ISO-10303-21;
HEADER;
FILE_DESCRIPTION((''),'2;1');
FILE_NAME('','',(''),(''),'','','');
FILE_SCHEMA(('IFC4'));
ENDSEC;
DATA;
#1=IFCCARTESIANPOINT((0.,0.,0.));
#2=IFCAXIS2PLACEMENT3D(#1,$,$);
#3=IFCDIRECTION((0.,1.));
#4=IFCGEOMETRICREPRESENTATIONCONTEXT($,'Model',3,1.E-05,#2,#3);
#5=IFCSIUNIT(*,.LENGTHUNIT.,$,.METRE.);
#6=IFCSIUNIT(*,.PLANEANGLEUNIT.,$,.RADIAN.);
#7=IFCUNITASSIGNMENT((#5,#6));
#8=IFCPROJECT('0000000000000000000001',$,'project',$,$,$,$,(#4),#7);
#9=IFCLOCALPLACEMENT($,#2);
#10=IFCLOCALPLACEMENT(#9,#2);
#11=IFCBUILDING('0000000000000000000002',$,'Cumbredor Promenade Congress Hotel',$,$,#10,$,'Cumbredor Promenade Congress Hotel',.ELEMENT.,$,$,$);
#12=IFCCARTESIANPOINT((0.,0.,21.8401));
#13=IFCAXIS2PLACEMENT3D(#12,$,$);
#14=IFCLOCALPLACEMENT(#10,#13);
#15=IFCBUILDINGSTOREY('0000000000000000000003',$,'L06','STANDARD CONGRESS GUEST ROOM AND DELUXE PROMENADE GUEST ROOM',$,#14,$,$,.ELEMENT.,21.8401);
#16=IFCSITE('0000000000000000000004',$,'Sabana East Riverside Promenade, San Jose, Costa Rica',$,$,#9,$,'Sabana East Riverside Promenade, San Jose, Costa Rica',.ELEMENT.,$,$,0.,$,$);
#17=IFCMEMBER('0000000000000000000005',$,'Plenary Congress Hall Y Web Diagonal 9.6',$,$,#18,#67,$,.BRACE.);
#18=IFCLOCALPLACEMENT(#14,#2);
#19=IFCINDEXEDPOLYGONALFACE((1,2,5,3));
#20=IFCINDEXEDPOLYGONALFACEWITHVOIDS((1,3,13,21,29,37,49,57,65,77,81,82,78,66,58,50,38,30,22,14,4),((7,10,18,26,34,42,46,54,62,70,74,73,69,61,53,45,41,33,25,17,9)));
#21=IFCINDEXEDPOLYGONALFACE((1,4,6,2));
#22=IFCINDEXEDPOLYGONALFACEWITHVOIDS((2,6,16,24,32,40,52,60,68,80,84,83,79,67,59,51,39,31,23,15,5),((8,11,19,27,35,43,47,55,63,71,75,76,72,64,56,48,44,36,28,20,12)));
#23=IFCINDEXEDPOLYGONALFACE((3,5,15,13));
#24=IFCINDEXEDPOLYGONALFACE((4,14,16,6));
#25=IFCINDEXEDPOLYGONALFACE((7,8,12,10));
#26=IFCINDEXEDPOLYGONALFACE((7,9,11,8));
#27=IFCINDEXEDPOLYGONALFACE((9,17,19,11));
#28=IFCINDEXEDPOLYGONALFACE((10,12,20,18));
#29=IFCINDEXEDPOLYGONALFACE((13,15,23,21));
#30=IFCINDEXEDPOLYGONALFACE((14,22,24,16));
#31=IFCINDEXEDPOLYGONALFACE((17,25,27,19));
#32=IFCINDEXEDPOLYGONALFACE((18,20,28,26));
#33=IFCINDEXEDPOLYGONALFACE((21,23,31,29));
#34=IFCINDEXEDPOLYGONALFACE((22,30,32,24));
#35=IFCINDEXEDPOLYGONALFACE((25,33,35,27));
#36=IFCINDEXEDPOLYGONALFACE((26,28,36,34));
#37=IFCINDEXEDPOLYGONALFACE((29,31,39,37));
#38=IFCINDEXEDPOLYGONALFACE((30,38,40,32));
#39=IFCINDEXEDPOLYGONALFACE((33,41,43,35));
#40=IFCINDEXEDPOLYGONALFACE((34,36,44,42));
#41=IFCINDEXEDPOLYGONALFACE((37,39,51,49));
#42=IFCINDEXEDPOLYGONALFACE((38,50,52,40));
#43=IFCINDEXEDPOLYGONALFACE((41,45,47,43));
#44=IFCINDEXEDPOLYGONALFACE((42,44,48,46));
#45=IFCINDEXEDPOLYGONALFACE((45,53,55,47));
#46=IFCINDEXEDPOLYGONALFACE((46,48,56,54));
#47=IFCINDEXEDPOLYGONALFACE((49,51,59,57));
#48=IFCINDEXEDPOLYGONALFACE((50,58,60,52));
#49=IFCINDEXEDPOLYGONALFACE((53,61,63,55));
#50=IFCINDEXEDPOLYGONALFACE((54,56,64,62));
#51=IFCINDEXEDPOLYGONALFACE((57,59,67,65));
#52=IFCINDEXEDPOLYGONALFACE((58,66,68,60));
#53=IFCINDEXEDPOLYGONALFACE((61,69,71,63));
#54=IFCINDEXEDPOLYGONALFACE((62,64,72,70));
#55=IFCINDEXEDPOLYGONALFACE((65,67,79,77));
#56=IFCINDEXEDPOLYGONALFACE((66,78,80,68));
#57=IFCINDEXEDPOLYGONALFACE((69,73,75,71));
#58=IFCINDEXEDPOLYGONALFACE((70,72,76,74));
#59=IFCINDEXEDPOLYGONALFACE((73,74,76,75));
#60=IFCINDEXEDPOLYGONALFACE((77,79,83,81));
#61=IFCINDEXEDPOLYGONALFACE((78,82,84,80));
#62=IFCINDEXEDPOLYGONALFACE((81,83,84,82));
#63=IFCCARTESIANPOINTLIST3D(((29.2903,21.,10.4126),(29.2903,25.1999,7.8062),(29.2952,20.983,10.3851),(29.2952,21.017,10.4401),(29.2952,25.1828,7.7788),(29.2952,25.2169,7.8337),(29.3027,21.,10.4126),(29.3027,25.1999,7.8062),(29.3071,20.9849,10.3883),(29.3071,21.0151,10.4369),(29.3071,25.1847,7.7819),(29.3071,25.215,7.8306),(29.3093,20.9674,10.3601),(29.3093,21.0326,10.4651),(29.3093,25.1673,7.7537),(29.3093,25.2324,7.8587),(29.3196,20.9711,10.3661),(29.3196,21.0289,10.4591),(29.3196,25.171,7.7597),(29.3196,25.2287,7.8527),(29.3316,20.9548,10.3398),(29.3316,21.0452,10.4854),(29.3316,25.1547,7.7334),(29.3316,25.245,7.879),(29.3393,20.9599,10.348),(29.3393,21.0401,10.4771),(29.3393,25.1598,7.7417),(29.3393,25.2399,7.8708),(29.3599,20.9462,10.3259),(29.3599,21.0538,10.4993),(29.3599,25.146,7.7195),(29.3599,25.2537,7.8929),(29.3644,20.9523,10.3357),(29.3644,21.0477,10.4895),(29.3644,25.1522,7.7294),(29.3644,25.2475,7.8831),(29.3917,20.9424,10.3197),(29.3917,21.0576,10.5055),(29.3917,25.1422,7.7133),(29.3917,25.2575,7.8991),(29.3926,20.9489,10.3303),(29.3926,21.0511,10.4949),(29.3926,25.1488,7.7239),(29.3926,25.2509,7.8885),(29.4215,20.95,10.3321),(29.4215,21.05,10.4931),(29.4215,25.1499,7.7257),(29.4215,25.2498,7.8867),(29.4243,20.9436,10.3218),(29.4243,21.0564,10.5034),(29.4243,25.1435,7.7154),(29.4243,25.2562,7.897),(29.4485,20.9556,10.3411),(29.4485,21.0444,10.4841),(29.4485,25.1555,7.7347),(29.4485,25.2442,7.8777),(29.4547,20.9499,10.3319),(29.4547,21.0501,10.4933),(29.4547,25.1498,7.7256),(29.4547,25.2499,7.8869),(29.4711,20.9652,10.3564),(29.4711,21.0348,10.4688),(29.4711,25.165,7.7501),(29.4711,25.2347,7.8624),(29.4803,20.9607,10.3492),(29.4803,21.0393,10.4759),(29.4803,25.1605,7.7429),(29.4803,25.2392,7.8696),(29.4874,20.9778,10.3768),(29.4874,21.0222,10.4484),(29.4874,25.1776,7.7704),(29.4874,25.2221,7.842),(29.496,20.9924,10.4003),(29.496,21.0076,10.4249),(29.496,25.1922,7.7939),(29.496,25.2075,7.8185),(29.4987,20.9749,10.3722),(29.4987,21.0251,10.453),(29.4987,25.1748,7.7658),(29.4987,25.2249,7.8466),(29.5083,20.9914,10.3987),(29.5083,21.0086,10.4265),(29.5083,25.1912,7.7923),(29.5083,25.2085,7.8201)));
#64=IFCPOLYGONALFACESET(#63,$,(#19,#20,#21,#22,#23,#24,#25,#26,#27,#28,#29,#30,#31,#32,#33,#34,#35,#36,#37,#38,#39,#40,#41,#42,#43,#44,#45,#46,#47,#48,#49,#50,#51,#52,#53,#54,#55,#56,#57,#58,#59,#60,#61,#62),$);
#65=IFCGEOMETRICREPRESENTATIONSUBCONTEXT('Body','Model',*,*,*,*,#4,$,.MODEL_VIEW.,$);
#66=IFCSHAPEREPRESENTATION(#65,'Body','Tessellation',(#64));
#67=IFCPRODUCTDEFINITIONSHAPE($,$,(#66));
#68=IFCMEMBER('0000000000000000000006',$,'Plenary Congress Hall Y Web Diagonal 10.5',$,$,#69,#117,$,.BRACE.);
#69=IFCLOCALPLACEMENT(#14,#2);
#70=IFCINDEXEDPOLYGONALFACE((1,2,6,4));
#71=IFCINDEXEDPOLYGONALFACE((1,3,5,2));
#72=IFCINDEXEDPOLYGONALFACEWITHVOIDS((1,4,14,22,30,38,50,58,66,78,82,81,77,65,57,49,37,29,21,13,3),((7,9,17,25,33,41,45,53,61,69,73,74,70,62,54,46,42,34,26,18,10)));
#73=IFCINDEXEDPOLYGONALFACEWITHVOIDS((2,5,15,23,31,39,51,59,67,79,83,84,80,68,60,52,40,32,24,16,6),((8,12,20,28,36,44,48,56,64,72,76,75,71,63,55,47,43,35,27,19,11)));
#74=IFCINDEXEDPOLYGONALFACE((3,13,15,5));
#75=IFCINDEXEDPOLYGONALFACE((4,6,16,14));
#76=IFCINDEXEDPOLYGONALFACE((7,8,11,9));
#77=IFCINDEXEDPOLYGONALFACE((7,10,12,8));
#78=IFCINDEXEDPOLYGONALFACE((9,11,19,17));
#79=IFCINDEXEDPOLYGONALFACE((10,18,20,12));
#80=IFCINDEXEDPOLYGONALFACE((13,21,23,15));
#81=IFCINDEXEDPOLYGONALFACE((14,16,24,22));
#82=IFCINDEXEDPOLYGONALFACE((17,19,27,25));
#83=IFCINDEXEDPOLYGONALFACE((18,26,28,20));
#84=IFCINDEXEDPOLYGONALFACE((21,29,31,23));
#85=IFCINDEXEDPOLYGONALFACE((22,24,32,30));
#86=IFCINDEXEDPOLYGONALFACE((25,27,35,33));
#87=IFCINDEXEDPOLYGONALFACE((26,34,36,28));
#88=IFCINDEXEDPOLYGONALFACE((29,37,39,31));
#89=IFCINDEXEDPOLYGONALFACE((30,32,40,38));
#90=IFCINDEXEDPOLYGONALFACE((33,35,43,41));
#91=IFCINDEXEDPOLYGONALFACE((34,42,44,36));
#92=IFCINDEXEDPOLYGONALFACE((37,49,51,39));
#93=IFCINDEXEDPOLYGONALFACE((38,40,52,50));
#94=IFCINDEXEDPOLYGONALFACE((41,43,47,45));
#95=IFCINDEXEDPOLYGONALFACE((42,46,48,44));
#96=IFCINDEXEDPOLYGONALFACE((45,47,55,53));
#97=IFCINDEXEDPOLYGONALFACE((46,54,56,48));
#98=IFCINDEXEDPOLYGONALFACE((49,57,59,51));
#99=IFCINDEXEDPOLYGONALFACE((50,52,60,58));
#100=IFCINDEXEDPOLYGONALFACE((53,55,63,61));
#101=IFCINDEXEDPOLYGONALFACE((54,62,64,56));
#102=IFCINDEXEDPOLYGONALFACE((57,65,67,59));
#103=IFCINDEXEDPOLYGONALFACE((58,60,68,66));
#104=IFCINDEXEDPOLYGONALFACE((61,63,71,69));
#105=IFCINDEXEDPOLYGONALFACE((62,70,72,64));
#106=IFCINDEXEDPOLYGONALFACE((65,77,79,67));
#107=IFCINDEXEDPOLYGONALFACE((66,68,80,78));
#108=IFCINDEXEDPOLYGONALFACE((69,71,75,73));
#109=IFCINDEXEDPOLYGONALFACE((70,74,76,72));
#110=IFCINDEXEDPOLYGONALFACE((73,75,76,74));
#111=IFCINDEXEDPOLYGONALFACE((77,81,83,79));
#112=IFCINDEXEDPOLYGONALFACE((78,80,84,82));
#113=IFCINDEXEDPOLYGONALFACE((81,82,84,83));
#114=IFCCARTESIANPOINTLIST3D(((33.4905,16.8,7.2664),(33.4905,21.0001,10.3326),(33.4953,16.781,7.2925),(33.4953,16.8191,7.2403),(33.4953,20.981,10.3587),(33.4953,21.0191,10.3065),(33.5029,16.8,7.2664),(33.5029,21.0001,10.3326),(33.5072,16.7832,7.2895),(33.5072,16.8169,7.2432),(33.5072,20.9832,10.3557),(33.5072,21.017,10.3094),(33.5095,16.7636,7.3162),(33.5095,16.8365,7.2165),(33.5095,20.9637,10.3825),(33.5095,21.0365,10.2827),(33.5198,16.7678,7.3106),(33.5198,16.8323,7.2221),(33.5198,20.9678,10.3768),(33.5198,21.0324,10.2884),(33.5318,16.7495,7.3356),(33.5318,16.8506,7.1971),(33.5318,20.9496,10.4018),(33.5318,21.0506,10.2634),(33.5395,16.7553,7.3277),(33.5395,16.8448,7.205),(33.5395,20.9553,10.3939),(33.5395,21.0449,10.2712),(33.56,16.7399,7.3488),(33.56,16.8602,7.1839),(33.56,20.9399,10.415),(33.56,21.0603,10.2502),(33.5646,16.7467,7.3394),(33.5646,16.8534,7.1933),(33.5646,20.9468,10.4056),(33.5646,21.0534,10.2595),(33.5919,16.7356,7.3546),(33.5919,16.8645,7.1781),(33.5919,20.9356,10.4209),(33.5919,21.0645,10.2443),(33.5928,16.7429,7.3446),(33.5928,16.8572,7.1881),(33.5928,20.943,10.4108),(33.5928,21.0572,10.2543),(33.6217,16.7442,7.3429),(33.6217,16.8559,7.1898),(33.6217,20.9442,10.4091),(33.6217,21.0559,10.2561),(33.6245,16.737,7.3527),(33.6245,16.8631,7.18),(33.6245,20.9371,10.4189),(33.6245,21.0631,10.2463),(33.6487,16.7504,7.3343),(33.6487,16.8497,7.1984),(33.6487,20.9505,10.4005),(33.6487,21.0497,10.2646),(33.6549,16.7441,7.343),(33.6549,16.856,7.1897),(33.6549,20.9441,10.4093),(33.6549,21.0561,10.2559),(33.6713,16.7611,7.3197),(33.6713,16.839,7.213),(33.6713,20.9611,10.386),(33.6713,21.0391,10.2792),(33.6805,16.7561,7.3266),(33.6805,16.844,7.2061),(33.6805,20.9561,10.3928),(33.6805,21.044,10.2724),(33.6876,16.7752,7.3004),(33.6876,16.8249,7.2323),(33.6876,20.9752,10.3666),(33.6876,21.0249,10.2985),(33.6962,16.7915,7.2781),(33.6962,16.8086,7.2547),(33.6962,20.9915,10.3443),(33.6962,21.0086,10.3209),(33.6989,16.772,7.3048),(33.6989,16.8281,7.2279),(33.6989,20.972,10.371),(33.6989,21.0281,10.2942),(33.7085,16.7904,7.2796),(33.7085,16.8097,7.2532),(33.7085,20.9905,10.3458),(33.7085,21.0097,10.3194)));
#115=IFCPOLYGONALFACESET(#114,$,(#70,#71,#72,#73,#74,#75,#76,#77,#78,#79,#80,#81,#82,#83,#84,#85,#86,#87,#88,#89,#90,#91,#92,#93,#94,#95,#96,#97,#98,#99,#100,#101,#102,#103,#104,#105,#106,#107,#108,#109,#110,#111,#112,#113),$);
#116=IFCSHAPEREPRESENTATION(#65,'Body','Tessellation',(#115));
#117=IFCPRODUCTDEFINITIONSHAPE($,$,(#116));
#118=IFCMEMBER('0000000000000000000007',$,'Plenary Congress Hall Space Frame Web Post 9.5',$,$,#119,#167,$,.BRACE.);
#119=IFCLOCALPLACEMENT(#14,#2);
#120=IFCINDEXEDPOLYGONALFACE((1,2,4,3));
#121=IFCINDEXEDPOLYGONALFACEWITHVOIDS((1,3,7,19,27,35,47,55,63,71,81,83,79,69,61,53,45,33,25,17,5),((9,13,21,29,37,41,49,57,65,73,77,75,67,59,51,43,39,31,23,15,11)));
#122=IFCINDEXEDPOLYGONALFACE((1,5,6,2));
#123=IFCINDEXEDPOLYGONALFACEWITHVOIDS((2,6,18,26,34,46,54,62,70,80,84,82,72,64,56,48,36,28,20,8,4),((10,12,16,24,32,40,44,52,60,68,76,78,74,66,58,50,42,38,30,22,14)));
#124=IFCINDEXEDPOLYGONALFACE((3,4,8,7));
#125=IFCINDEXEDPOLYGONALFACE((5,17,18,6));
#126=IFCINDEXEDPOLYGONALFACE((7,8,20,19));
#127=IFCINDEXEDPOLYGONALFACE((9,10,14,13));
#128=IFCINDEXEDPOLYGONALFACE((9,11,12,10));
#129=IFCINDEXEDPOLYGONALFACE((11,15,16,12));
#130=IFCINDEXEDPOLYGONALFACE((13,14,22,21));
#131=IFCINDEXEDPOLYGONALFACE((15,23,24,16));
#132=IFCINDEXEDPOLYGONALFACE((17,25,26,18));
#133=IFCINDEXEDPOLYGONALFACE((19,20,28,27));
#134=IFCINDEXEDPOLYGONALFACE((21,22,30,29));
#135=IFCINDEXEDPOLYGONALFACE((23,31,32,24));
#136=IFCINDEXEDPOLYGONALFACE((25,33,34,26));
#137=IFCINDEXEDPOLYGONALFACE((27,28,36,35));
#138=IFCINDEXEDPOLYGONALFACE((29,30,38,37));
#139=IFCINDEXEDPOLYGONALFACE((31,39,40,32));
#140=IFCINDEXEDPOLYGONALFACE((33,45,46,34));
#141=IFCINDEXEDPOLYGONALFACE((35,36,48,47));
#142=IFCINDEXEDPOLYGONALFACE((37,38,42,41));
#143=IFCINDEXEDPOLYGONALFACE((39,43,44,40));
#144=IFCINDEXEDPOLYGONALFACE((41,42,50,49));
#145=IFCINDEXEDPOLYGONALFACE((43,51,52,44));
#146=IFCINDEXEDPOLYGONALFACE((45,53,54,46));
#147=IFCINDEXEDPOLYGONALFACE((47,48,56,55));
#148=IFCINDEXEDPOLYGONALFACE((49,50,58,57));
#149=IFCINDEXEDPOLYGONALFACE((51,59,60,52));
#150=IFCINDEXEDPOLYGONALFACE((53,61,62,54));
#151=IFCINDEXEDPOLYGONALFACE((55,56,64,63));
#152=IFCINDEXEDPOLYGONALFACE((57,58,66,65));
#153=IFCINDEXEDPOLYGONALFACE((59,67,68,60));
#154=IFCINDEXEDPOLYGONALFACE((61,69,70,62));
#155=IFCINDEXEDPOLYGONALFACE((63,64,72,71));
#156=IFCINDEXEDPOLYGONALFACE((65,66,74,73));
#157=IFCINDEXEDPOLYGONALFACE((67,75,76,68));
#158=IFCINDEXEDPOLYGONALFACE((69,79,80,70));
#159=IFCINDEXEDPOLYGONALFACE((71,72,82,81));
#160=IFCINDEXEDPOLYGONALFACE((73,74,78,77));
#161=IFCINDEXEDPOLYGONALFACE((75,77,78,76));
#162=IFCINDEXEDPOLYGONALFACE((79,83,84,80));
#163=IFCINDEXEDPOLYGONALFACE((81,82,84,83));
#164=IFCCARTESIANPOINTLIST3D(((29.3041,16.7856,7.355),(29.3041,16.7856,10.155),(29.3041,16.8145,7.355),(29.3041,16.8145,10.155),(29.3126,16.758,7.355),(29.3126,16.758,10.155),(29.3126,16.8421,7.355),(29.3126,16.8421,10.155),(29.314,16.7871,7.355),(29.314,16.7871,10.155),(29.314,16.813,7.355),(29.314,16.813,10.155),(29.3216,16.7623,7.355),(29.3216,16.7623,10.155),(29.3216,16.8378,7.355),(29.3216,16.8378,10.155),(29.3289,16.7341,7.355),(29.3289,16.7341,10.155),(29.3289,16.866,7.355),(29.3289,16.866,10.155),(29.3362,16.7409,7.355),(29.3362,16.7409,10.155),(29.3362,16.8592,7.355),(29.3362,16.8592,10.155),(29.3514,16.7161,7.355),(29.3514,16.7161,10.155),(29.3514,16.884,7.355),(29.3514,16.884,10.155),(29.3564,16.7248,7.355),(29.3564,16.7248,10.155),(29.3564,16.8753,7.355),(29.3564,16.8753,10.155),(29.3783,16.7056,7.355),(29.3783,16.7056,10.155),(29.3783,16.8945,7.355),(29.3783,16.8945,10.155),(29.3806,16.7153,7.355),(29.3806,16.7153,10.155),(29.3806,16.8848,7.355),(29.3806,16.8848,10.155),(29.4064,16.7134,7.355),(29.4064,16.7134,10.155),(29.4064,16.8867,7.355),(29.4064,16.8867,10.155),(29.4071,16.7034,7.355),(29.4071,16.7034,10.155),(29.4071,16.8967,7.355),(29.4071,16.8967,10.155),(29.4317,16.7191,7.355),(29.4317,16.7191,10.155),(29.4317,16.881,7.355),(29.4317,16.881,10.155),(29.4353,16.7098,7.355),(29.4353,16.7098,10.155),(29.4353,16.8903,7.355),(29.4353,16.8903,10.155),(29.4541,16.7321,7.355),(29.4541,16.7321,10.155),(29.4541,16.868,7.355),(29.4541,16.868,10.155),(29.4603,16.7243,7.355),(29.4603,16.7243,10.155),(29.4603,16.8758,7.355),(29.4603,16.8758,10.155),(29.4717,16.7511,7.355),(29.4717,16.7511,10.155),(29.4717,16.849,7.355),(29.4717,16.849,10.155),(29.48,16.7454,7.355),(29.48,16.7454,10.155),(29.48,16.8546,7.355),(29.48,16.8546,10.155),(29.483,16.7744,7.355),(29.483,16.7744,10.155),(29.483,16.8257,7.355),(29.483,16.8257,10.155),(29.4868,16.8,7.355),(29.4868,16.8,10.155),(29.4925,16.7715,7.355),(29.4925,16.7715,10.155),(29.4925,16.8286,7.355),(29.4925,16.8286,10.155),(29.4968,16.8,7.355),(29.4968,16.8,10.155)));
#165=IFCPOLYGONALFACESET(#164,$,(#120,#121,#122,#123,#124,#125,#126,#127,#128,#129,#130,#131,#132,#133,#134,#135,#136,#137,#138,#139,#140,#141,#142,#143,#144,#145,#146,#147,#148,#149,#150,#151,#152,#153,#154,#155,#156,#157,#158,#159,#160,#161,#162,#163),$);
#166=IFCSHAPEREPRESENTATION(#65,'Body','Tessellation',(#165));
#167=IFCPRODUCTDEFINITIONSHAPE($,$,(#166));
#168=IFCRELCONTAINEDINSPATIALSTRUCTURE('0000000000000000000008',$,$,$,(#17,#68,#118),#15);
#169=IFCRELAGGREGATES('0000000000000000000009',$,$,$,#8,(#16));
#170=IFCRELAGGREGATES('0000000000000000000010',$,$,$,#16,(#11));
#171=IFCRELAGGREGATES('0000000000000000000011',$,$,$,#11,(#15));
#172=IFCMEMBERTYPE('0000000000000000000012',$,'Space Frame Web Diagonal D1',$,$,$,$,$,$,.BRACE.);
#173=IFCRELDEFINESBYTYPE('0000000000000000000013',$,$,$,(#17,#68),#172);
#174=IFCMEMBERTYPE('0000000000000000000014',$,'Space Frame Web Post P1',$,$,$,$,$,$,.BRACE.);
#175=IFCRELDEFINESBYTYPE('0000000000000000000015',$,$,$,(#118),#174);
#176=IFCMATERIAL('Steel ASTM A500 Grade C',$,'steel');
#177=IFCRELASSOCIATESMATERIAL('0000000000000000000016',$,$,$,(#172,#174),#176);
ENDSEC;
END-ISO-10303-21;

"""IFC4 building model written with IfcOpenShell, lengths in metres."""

from ifc_helpers import new_model, si_unit, direction, frame, origin, origin_2d, place, context, subcontext, project, spatial, hollow_circle, extrude, material, material_profile, profile_set, type_object, element, save


model = new_model("IFC4")

# Units and contexts
model_context = context("Model", 3, precision=1e-05, world=origin(), true_north=direction((0.0, 1.0)))
body_context = subcontext(model_context, "Body", "Model", "MODEL_VIEW")
ifc_project = project(units=[si_unit("LENGTHUNIT", "METRE"), si_unit("PLANEANGLEUNIT", "RADIAN")], contexts=[model_context])

# Site, building, storey
site_placement = place(None, origin())
site = spatial("IfcSite", under=ifc_project, at=site_placement, Name="Sabana East Riverside Promenade, San Jose, Costa Rica", LongName="Sabana East Riverside Promenade, San Jose, Costa Rica", CompositionType="ELEMENT", RefElevation=0.0)
building_placement = place(site_placement, origin())
building = spatial("IfcBuilding", under=site, at=building_placement, Name="Cumbredor Promenade Congress Hotel", LongName="Cumbredor Promenade Congress Hotel", CompositionType="ELEMENT")
storey_placement = place(building_placement, frame((0.0, 0.0, 21.8401)))
storey = spatial("IfcBuildingStorey", under=building, at=storey_placement, Name="L06", Description="STANDARD CONGRESS GUEST ROOM AND DELUXE PROMENADE GUEST ROOM", CompositionType="ELEMENT", Elevation=21.8401)

# Members
ifc_material_1 = material(Name="Steel ASTM A500 Grade C", Category="steel")
ifc_material_profile_1 = material_profile(ifc_material_1, hollow_circle(Radius=0.1096, WallThickness=0.0125, at=origin_2d()), Name="CHS 219.1x12.5")
ifc_profile_set_1 = profile_set([ifc_material_profile_1], Name="Steel ASTM A500 Grade C")
member_type_1 = type_object("IfcMemberType", Name="Space Frame Web Diagonal D1", PredefinedType="BRACE", material=ifc_profile_set_1)
member_1_placement = place(storey_placement, frame((29.3999, 21.0, 10.4126), z_axis=(0.0, 0.849678, -0.527301), x_axis=(-1.0, 0.0, 0.0)))
element("IfcMember", 1, at=member_1_placement, inside=storey, type_object=member_type_1, Name="Plenary Congress Hall Y Web Diagonal 9.6", PredefinedType="BRACE", context=body_context, shape_type="SweptSolid", body=[
    extrude(hollow_circle(Radius=0.1096, WallThickness=0.0125, at=origin_2d()), origin(), (0.0, 0.0, 1.0), 4.9429),
])
member_2_placement = place(storey_placement, frame((33.6001, 16.8, 7.2664), z_axis=(0.0, 0.807669, 0.589636), x_axis=(-1.0, 0.0, 0.0)))
element("IfcMember", 2, at=member_2_placement, inside=storey, type_object=member_type_1, Name="Plenary Congress Hall Y Web Diagonal 10.5", PredefinedType="BRACE", context=body_context, shape_type="SweptSolid", body=[
    extrude(hollow_circle(Radius=0.1096, WallThickness=0.0125, at=origin_2d()), origin(), (0.0, 0.0, 1.0), 5.2002),
])
ifc_material_profile_2 = material_profile(ifc_material_1, hollow_circle(Radius=0.0969, WallThickness=0.01, at=origin_2d()), Name="CHS 193.7x10")
ifc_profile_set_2 = profile_set([ifc_material_profile_2], Name="Steel ASTM A500 Grade C")
member_type_2 = type_object("IfcMemberType", Name="Space Frame Web Post P1", PredefinedType="BRACE", material=ifc_profile_set_2)
for number, where, z_axis, x_axis, name in (
    (3, (29.3999, 16.8, 7.355), (0.0, 0.0, 1.0), (1.0, 0.0, 0.0), "Plenary Congress Hall Space Frame Web Post 9.5"),
):
    element("IfcMember", number, at=place(storey_placement, frame(where, z_axis=z_axis, x_axis=x_axis)), inside=storey, type_object=member_type_2, Name=name, PredefinedType="BRACE", context=body_context, shape_type="SweptSolid", body=[
        extrude(hollow_circle(Radius=0.0969, WallThickness=0.01, at=origin_2d()), origin(), (0.0, 0.0, 1.0), 2.8),
    ])

save(model, "model.ifc")
